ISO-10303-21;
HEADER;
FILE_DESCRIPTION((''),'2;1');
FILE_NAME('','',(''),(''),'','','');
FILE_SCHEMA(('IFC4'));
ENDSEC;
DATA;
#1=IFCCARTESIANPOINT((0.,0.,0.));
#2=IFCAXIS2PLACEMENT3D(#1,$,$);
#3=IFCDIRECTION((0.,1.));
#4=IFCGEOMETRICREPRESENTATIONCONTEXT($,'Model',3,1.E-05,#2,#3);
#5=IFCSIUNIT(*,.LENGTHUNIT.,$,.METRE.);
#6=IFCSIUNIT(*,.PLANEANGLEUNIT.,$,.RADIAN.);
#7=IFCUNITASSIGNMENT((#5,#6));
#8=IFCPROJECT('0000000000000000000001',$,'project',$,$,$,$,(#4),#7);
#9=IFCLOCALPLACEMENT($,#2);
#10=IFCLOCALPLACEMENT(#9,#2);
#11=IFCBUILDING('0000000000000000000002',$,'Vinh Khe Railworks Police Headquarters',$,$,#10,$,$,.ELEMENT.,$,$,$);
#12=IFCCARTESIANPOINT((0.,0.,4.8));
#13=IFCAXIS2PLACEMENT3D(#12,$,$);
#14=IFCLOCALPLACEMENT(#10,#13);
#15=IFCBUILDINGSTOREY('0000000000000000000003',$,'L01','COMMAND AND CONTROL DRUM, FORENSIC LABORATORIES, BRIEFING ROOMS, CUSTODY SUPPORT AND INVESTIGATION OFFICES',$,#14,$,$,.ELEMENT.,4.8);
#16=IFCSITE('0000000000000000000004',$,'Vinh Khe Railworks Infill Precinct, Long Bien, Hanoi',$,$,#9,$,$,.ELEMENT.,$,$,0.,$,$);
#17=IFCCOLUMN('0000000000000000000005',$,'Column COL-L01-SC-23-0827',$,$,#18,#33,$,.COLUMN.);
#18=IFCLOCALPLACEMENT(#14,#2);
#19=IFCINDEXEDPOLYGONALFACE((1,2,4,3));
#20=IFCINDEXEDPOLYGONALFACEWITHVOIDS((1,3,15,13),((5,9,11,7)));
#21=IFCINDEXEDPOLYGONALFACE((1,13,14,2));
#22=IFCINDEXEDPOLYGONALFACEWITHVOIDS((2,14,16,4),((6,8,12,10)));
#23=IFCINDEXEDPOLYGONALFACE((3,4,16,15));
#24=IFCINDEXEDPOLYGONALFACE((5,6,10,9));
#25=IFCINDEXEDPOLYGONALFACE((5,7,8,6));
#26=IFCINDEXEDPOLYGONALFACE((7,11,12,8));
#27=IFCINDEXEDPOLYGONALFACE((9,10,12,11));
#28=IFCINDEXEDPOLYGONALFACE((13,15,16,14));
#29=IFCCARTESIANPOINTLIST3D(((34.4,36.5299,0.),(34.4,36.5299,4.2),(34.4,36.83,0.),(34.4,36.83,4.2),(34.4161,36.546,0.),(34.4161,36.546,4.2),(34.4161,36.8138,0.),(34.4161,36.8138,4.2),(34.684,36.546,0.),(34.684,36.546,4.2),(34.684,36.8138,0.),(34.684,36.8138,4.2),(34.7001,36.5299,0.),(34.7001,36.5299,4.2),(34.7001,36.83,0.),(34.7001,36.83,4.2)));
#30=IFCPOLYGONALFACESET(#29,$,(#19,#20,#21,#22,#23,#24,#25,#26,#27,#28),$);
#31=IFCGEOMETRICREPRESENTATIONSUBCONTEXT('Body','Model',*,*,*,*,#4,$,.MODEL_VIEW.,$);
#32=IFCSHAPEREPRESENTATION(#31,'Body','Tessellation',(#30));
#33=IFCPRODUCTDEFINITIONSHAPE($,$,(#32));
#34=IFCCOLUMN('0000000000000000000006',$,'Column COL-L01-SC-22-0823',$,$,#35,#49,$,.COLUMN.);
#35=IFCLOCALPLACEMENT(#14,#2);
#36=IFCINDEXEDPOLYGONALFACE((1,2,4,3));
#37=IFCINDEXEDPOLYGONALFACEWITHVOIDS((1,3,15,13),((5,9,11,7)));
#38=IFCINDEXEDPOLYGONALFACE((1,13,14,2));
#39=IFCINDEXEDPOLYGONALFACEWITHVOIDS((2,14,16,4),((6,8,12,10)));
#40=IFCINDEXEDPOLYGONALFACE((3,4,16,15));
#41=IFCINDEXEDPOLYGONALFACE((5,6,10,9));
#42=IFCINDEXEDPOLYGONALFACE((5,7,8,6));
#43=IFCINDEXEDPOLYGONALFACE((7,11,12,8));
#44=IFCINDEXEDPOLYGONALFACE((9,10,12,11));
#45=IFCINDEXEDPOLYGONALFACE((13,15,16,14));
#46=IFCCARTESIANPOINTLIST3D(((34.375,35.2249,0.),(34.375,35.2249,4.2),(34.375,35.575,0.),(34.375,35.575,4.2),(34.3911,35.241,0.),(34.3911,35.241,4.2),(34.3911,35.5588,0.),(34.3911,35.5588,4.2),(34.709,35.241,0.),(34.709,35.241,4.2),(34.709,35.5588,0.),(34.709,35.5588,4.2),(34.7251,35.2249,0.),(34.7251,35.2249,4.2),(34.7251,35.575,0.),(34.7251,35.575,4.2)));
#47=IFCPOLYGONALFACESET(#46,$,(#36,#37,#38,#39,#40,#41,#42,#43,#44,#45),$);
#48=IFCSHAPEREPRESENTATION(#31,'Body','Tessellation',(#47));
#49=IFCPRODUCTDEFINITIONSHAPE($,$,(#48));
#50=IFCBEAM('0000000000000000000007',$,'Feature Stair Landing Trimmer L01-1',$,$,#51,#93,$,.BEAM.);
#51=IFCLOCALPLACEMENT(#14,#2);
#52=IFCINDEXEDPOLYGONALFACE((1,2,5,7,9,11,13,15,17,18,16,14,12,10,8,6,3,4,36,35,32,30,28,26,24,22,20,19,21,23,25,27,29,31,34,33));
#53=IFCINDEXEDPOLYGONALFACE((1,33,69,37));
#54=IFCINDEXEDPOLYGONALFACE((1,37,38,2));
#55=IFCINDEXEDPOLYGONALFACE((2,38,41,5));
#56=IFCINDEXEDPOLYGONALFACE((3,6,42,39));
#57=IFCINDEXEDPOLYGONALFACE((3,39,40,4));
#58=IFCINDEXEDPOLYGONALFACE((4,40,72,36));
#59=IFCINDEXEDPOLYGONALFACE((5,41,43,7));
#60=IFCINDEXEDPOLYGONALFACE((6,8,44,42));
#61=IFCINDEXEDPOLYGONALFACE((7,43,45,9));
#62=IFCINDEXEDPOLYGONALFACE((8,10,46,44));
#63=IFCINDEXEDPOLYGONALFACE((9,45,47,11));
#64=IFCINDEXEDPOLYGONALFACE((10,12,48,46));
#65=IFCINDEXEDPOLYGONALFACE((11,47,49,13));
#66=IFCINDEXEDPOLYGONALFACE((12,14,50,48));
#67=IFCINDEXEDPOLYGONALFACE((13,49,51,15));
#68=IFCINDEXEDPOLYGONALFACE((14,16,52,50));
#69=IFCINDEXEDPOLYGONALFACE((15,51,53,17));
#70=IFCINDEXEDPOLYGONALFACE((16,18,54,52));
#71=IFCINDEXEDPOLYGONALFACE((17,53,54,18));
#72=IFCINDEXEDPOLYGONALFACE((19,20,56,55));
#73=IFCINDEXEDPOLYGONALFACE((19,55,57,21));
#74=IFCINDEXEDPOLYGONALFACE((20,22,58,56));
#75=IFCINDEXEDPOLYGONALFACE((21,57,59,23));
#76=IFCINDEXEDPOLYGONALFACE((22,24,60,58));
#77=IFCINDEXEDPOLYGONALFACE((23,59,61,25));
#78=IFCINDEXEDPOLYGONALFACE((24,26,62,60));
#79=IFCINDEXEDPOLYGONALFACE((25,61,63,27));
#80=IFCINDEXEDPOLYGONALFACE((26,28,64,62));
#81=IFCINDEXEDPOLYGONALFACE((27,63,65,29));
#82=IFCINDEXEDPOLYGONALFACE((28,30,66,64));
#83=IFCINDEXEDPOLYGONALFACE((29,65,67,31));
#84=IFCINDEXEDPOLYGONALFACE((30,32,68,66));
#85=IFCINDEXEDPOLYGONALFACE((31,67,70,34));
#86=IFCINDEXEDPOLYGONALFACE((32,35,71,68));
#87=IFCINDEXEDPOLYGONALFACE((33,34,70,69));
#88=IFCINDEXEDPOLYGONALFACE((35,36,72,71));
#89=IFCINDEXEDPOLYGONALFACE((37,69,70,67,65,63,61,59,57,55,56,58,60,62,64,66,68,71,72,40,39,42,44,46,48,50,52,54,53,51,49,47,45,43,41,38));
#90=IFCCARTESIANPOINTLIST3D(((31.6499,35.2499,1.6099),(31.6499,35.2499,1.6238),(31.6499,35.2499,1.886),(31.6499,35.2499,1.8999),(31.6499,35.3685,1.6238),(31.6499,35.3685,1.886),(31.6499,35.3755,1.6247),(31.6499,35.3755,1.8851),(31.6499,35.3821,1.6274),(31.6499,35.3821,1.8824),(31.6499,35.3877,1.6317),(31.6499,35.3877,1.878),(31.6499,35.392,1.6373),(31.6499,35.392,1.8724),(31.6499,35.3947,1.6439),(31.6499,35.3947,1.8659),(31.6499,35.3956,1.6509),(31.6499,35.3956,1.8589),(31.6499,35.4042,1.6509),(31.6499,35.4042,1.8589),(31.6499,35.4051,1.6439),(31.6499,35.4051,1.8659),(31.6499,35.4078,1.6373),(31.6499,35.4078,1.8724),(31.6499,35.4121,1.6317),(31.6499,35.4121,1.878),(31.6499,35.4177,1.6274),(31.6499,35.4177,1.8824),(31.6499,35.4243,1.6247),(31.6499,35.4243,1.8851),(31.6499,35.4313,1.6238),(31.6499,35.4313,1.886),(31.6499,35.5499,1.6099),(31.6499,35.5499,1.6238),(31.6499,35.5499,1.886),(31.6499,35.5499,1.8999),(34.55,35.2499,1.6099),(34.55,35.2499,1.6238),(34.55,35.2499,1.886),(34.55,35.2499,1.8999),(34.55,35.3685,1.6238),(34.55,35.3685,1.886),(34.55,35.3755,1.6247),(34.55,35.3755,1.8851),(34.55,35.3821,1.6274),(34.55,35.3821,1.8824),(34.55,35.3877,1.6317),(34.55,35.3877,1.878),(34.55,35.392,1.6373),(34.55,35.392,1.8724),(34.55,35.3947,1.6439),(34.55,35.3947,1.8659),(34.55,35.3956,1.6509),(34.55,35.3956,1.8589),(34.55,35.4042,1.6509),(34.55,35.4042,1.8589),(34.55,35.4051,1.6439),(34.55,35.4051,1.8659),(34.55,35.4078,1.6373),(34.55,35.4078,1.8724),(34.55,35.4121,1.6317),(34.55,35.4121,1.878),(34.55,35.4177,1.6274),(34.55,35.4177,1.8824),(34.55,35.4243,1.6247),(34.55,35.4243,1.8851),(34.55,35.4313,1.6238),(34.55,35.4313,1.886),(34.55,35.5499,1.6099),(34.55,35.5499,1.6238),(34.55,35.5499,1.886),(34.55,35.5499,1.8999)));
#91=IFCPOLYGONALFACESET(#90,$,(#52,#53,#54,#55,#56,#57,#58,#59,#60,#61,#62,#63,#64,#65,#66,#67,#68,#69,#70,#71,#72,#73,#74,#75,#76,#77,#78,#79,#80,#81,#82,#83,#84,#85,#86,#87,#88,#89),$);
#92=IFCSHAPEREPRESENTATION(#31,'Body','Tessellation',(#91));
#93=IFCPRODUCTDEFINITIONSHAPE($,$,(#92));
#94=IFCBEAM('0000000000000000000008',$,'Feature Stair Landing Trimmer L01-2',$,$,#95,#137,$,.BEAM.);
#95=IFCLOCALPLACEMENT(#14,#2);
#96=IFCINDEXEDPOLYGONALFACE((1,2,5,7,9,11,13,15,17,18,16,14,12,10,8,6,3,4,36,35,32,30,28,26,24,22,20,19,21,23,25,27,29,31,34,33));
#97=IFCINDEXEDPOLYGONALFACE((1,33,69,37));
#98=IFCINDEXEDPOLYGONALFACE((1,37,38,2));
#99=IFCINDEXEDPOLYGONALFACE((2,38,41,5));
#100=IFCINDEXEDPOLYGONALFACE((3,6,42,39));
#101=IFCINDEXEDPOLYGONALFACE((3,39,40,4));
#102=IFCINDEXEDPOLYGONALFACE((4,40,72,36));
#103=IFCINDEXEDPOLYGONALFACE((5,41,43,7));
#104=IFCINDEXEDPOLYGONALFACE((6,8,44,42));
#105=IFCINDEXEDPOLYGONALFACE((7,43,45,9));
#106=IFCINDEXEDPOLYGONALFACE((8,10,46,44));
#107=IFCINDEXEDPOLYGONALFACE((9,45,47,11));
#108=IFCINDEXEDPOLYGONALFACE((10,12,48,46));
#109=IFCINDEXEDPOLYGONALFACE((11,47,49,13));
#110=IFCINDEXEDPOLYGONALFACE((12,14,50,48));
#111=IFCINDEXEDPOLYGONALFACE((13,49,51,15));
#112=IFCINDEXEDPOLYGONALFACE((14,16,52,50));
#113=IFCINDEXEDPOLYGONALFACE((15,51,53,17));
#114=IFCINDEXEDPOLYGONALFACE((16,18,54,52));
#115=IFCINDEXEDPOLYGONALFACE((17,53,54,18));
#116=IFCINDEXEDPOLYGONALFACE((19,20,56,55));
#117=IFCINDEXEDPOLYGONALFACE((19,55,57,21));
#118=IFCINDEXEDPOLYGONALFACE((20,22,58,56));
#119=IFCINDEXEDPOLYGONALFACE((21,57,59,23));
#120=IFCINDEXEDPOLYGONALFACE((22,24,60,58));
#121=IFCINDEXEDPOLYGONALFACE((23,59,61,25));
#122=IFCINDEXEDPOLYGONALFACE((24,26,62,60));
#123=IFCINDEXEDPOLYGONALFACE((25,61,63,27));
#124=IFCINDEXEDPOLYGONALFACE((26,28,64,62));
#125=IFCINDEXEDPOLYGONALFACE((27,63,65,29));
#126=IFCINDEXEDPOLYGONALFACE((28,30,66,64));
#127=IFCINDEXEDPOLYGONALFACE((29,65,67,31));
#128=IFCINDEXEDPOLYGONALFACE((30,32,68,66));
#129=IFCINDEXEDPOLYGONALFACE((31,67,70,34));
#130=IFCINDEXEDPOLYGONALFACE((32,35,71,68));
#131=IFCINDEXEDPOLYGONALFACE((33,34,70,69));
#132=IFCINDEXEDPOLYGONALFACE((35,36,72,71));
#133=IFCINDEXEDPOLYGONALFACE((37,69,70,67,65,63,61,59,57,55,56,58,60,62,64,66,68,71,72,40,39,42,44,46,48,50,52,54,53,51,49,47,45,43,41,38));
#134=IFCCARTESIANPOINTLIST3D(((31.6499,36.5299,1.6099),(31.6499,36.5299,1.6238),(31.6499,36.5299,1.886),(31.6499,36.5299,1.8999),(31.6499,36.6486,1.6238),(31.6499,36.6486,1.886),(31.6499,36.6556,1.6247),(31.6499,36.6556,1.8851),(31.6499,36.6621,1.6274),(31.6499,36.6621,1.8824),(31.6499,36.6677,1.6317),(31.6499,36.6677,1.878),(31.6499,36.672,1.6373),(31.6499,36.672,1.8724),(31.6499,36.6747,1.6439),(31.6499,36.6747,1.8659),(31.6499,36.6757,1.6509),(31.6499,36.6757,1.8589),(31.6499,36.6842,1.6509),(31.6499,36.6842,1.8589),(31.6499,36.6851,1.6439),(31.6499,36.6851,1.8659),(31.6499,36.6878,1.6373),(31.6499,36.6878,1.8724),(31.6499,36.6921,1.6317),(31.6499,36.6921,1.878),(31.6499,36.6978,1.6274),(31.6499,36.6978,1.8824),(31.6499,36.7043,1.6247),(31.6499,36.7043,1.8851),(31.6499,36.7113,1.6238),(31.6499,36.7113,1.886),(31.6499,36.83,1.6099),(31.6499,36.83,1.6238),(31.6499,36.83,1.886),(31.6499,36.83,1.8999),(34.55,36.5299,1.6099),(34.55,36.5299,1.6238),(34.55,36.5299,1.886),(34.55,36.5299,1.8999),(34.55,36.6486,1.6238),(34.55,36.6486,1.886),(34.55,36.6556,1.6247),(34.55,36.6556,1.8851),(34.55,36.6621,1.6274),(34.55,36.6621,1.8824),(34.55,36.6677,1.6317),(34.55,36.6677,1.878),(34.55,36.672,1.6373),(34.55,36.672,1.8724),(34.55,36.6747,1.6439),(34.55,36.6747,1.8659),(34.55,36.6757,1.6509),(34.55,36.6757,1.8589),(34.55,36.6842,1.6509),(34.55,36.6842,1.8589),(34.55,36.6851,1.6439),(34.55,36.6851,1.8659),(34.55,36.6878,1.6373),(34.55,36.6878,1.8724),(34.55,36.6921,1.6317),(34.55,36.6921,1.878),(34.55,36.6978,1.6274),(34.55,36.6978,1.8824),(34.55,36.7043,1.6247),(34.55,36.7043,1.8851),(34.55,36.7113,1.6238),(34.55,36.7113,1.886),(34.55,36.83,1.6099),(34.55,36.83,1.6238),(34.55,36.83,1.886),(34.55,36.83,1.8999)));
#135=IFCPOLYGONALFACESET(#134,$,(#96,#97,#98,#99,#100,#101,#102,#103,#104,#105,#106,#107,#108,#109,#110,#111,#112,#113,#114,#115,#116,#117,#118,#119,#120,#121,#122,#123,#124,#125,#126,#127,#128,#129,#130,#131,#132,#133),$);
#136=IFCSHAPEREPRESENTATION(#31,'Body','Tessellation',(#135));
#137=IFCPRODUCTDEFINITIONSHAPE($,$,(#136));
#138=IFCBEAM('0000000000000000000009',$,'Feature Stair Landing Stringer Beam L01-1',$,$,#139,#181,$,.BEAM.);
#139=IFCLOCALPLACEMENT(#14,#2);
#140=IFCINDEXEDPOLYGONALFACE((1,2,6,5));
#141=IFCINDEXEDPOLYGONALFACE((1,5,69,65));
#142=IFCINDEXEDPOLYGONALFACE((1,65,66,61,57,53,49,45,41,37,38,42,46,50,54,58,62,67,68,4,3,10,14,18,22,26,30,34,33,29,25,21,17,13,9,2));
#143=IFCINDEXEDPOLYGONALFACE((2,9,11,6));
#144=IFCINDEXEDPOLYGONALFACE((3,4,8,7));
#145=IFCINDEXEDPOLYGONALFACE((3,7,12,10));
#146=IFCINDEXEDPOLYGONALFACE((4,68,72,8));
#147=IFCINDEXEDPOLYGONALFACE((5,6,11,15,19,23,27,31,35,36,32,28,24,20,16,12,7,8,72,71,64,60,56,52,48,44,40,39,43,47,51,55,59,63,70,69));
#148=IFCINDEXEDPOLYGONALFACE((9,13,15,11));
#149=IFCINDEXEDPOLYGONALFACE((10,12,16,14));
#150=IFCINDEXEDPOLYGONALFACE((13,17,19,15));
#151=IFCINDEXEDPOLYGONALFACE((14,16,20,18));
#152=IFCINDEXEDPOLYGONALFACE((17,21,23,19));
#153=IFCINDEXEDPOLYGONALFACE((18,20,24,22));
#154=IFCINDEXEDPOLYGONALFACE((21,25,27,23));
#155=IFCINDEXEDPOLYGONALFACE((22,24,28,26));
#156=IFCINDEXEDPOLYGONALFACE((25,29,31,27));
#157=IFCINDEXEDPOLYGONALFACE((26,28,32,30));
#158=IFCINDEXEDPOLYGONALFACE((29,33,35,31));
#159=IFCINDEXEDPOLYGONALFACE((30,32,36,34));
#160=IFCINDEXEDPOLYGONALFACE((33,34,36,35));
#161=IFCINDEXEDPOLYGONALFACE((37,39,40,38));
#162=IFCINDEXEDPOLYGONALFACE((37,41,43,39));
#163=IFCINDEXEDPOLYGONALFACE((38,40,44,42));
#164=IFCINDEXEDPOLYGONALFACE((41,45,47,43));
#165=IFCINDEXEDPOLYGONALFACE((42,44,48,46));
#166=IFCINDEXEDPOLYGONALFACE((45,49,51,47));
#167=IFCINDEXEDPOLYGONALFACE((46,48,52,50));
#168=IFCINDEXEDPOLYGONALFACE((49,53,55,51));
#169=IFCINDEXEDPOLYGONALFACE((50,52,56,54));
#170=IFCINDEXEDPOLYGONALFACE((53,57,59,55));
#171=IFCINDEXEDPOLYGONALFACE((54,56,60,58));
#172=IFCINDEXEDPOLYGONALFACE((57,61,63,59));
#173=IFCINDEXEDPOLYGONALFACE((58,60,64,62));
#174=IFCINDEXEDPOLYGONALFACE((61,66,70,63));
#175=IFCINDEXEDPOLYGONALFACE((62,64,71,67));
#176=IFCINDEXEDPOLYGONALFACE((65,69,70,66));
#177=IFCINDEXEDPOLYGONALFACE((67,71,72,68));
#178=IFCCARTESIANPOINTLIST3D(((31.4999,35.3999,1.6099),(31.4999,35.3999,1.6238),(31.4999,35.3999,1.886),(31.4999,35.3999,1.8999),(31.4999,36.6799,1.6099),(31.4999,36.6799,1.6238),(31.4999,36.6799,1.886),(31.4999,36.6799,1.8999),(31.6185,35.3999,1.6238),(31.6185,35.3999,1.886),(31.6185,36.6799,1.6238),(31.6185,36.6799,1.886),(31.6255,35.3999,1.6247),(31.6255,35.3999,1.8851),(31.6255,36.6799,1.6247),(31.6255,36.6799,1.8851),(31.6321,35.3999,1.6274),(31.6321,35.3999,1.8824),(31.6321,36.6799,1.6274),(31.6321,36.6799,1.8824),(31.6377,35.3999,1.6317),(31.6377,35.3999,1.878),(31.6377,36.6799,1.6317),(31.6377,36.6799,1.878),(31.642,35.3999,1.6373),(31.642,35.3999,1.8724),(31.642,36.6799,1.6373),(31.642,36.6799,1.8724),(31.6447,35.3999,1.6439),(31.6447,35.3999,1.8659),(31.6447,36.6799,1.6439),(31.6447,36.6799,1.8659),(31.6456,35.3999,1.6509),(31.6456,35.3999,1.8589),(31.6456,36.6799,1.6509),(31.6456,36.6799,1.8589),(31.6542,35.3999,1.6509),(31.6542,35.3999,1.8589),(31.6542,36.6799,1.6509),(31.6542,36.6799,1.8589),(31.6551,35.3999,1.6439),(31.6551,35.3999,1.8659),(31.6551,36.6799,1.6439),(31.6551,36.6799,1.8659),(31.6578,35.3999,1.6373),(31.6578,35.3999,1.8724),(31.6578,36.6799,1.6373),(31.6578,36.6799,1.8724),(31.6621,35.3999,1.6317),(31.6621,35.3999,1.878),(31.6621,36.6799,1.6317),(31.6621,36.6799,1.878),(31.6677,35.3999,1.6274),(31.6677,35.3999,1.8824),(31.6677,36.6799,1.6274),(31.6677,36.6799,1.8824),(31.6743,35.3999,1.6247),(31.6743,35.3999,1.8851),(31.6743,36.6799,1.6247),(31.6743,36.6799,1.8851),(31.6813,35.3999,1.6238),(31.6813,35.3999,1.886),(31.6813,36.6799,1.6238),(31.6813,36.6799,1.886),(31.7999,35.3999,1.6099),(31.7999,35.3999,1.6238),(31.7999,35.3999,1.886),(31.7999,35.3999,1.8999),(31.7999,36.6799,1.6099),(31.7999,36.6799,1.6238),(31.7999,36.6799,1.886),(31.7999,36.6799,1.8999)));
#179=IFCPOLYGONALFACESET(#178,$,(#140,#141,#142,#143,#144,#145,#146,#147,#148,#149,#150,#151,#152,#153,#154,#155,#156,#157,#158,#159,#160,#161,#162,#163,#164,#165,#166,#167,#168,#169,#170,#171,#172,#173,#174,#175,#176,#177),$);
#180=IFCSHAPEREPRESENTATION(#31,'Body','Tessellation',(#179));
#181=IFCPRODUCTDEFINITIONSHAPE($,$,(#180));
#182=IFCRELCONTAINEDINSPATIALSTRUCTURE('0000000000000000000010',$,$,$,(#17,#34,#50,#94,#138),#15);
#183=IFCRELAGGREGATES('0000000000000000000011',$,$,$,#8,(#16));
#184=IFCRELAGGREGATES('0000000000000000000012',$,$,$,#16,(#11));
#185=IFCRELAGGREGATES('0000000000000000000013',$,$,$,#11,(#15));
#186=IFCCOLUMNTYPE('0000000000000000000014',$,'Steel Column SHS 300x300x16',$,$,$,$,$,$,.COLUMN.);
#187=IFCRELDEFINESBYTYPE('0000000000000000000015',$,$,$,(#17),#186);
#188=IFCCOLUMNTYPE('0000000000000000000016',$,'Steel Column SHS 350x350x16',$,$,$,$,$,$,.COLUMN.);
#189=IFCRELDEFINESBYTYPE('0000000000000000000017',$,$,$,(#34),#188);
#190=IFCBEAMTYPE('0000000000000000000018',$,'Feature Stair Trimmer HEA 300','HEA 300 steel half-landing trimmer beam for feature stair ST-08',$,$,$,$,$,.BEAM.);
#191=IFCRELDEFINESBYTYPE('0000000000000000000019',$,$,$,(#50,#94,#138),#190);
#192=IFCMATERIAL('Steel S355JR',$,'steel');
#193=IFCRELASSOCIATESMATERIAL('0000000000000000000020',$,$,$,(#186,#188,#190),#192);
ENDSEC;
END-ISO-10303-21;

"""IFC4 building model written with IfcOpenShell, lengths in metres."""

from ifc_helpers import new_model, si_unit, direction, frame, origin, origin_2d, place, context, subcontext, project, spatial, hollow_rectangle, i_section, extrude, material, material_profile, profile_set, type_object, element, save


model = new_model("IFC4")

# Units and contexts
model_context = context("Model", 3, precision=1e-05, world=origin(), true_north=direction((0.0, 1.0)))
body_context = subcontext(model_context, "Body", "Model", "MODEL_VIEW")
ifc_project = project(units=[si_unit("LENGTHUNIT", "METRE"), si_unit("PLANEANGLEUNIT", "RADIAN")], contexts=[model_context])

# Site, building, storey
site_placement = place(None, origin())
site = spatial("IfcSite", under=ifc_project, at=site_placement, Name="Vinh Khe Railworks Infill Precinct, Long Bien, Hanoi", CompositionType="ELEMENT", RefElevation=0.0)
building_placement = place(site_placement, origin())
building = spatial("IfcBuilding", under=site, at=building_placement, Name="Vinh Khe Railworks Police Headquarters", CompositionType="ELEMENT")
storey_placement = place(building_placement, frame((0.0, 0.0, 4.8)))
storey = spatial("IfcBuildingStorey", under=building, at=storey_placement, Name="L01", Description="COMMAND AND CONTROL DRUM, FORENSIC LABORATORIES, BRIEFING ROOMS, CUSTODY SUPPORT AND INVESTIGATION OFFICES", CompositionType="ELEMENT", Elevation=4.8)

# Columns
ifc_material_1 = material(Name="Steel S355JR", Category="steel")
ifc_material_profile_1 = material_profile(ifc_material_1, hollow_rectangle(XDim=0.3, YDim=0.3, WallThickness=0.0161, at=origin_2d()), Name="SHS 300x300x16")
ifc_profile_set_1 = profile_set([ifc_material_profile_1], Name="Steel S355JR")
column_type_1 = type_object("IfcColumnType", Name="Steel Column SHS 300x300x16", PredefinedType="COLUMN", material=ifc_profile_set_1)
column_1_placement = place(storey_placement, frame((34.55, 36.6799, 0.0), z_axis=(0.0, 0.0, 1.0), x_axis=(1.0, 0.0, 0.0)))
element("IfcColumn", 1, at=column_1_placement, inside=storey, type_object=column_type_1, Name="Column COL-L01-SC-23-0827", PredefinedType="COLUMN", context=body_context, shape_type="SweptSolid", body=[
    extrude(hollow_rectangle(XDim=0.3, YDim=0.3, WallThickness=0.0161, at=origin_2d()), origin(), (0.0, 0.0, 1.0), 4.2),
])
ifc_material_profile_2 = material_profile(ifc_material_1, hollow_rectangle(XDim=0.3501, YDim=0.3501, WallThickness=0.0161, at=origin_2d()), Name="SHS 350x350x16")
ifc_profile_set_2 = profile_set([ifc_material_profile_2], Name="Steel S355JR")
column_type_2 = type_object("IfcColumnType", Name="Steel Column SHS 350x350x16", PredefinedType="COLUMN", material=ifc_profile_set_2)
column_2_placement = place(storey_placement, frame((34.55, 35.3999, 0.0), z_axis=(0.0, 0.0, 1.0), x_axis=(1.0, 0.0, 0.0)))
element("IfcColumn", 2, at=column_2_placement, inside=storey, type_object=column_type_2, Name="Column COL-L01-SC-22-0823", PredefinedType="COLUMN", context=body_context, shape_type="SweptSolid", body=[
    extrude(hollow_rectangle(XDim=0.3501, YDim=0.3501, WallThickness=0.0161, at=origin_2d()), origin(), (0.0, 0.0, 1.0), 4.2),
])

# Beams
ifc_material_profile_3 = material_profile(ifc_material_1, i_section(OverallWidth=0.3, OverallDepth=0.29, WebThickness=0.0085, FlangeThickness=0.0139, FilletRadius=0.0271, at=origin_2d()), Name="HEA 300")
ifc_profile_set_3 = profile_set([ifc_material_profile_3], Name="Steel S355JR")
beam_type = type_object("IfcBeamType", Name="Feature Stair Trimmer HEA 300", Description="HEA 300 steel half-landing trimmer beam for feature stair ST-08", PredefinedType="BEAM", material=ifc_profile_set_3)
for number, where, z_axis, x_axis, name in (
    (3, (31.6499, 35.3999, 1.7549), (1.0, 0.0, 0.0), (0.0, 1.0, 0.0), "Feature Stair Landing Trimmer L01-1"),
    (4, (31.6499, 36.6799, 1.7549), (1.0, 0.0, 0.0), (0.0, 1.0, 0.0), "Feature Stair Landing Trimmer L01-2"),
):
    element("IfcBeam", number, at=place(storey_placement, frame(where, z_axis=z_axis, x_axis=x_axis)), inside=storey, type_object=beam_type, Name=name, PredefinedType="BEAM", context=body_context, shape_type="SweptSolid", body=[
        extrude(i_section(OverallWidth=0.3, OverallDepth=0.29, WebThickness=0.0085, FlangeThickness=0.0139, FilletRadius=0.0271, at=origin_2d()), origin(), (0.0, 0.0, 1.0), 2.9001),
    ])
for number, where, z_axis, x_axis, name in (
    (5, (31.6499, 35.3999, 1.7549), (0.0, 1.0, 0.0), (-1.0, 0.0, 0.0), "Feature Stair Landing Stringer Beam L01-1"),
):
    element("IfcBeam", number, at=place(storey_placement, frame(where, z_axis=z_axis, x_axis=x_axis)), inside=storey, type_object=beam_type, Name=name, PredefinedType="BEAM", context=body_context, shape_type="SweptSolid", body=[
        extrude(i_section(OverallWidth=0.3, OverallDepth=0.29, WebThickness=0.0085, FlangeThickness=0.0139, FilletRadius=0.0271, at=origin_2d()), origin(), (0.0, 0.0, 1.0), 1.28),
    ])

save(model, "model.ifc")
